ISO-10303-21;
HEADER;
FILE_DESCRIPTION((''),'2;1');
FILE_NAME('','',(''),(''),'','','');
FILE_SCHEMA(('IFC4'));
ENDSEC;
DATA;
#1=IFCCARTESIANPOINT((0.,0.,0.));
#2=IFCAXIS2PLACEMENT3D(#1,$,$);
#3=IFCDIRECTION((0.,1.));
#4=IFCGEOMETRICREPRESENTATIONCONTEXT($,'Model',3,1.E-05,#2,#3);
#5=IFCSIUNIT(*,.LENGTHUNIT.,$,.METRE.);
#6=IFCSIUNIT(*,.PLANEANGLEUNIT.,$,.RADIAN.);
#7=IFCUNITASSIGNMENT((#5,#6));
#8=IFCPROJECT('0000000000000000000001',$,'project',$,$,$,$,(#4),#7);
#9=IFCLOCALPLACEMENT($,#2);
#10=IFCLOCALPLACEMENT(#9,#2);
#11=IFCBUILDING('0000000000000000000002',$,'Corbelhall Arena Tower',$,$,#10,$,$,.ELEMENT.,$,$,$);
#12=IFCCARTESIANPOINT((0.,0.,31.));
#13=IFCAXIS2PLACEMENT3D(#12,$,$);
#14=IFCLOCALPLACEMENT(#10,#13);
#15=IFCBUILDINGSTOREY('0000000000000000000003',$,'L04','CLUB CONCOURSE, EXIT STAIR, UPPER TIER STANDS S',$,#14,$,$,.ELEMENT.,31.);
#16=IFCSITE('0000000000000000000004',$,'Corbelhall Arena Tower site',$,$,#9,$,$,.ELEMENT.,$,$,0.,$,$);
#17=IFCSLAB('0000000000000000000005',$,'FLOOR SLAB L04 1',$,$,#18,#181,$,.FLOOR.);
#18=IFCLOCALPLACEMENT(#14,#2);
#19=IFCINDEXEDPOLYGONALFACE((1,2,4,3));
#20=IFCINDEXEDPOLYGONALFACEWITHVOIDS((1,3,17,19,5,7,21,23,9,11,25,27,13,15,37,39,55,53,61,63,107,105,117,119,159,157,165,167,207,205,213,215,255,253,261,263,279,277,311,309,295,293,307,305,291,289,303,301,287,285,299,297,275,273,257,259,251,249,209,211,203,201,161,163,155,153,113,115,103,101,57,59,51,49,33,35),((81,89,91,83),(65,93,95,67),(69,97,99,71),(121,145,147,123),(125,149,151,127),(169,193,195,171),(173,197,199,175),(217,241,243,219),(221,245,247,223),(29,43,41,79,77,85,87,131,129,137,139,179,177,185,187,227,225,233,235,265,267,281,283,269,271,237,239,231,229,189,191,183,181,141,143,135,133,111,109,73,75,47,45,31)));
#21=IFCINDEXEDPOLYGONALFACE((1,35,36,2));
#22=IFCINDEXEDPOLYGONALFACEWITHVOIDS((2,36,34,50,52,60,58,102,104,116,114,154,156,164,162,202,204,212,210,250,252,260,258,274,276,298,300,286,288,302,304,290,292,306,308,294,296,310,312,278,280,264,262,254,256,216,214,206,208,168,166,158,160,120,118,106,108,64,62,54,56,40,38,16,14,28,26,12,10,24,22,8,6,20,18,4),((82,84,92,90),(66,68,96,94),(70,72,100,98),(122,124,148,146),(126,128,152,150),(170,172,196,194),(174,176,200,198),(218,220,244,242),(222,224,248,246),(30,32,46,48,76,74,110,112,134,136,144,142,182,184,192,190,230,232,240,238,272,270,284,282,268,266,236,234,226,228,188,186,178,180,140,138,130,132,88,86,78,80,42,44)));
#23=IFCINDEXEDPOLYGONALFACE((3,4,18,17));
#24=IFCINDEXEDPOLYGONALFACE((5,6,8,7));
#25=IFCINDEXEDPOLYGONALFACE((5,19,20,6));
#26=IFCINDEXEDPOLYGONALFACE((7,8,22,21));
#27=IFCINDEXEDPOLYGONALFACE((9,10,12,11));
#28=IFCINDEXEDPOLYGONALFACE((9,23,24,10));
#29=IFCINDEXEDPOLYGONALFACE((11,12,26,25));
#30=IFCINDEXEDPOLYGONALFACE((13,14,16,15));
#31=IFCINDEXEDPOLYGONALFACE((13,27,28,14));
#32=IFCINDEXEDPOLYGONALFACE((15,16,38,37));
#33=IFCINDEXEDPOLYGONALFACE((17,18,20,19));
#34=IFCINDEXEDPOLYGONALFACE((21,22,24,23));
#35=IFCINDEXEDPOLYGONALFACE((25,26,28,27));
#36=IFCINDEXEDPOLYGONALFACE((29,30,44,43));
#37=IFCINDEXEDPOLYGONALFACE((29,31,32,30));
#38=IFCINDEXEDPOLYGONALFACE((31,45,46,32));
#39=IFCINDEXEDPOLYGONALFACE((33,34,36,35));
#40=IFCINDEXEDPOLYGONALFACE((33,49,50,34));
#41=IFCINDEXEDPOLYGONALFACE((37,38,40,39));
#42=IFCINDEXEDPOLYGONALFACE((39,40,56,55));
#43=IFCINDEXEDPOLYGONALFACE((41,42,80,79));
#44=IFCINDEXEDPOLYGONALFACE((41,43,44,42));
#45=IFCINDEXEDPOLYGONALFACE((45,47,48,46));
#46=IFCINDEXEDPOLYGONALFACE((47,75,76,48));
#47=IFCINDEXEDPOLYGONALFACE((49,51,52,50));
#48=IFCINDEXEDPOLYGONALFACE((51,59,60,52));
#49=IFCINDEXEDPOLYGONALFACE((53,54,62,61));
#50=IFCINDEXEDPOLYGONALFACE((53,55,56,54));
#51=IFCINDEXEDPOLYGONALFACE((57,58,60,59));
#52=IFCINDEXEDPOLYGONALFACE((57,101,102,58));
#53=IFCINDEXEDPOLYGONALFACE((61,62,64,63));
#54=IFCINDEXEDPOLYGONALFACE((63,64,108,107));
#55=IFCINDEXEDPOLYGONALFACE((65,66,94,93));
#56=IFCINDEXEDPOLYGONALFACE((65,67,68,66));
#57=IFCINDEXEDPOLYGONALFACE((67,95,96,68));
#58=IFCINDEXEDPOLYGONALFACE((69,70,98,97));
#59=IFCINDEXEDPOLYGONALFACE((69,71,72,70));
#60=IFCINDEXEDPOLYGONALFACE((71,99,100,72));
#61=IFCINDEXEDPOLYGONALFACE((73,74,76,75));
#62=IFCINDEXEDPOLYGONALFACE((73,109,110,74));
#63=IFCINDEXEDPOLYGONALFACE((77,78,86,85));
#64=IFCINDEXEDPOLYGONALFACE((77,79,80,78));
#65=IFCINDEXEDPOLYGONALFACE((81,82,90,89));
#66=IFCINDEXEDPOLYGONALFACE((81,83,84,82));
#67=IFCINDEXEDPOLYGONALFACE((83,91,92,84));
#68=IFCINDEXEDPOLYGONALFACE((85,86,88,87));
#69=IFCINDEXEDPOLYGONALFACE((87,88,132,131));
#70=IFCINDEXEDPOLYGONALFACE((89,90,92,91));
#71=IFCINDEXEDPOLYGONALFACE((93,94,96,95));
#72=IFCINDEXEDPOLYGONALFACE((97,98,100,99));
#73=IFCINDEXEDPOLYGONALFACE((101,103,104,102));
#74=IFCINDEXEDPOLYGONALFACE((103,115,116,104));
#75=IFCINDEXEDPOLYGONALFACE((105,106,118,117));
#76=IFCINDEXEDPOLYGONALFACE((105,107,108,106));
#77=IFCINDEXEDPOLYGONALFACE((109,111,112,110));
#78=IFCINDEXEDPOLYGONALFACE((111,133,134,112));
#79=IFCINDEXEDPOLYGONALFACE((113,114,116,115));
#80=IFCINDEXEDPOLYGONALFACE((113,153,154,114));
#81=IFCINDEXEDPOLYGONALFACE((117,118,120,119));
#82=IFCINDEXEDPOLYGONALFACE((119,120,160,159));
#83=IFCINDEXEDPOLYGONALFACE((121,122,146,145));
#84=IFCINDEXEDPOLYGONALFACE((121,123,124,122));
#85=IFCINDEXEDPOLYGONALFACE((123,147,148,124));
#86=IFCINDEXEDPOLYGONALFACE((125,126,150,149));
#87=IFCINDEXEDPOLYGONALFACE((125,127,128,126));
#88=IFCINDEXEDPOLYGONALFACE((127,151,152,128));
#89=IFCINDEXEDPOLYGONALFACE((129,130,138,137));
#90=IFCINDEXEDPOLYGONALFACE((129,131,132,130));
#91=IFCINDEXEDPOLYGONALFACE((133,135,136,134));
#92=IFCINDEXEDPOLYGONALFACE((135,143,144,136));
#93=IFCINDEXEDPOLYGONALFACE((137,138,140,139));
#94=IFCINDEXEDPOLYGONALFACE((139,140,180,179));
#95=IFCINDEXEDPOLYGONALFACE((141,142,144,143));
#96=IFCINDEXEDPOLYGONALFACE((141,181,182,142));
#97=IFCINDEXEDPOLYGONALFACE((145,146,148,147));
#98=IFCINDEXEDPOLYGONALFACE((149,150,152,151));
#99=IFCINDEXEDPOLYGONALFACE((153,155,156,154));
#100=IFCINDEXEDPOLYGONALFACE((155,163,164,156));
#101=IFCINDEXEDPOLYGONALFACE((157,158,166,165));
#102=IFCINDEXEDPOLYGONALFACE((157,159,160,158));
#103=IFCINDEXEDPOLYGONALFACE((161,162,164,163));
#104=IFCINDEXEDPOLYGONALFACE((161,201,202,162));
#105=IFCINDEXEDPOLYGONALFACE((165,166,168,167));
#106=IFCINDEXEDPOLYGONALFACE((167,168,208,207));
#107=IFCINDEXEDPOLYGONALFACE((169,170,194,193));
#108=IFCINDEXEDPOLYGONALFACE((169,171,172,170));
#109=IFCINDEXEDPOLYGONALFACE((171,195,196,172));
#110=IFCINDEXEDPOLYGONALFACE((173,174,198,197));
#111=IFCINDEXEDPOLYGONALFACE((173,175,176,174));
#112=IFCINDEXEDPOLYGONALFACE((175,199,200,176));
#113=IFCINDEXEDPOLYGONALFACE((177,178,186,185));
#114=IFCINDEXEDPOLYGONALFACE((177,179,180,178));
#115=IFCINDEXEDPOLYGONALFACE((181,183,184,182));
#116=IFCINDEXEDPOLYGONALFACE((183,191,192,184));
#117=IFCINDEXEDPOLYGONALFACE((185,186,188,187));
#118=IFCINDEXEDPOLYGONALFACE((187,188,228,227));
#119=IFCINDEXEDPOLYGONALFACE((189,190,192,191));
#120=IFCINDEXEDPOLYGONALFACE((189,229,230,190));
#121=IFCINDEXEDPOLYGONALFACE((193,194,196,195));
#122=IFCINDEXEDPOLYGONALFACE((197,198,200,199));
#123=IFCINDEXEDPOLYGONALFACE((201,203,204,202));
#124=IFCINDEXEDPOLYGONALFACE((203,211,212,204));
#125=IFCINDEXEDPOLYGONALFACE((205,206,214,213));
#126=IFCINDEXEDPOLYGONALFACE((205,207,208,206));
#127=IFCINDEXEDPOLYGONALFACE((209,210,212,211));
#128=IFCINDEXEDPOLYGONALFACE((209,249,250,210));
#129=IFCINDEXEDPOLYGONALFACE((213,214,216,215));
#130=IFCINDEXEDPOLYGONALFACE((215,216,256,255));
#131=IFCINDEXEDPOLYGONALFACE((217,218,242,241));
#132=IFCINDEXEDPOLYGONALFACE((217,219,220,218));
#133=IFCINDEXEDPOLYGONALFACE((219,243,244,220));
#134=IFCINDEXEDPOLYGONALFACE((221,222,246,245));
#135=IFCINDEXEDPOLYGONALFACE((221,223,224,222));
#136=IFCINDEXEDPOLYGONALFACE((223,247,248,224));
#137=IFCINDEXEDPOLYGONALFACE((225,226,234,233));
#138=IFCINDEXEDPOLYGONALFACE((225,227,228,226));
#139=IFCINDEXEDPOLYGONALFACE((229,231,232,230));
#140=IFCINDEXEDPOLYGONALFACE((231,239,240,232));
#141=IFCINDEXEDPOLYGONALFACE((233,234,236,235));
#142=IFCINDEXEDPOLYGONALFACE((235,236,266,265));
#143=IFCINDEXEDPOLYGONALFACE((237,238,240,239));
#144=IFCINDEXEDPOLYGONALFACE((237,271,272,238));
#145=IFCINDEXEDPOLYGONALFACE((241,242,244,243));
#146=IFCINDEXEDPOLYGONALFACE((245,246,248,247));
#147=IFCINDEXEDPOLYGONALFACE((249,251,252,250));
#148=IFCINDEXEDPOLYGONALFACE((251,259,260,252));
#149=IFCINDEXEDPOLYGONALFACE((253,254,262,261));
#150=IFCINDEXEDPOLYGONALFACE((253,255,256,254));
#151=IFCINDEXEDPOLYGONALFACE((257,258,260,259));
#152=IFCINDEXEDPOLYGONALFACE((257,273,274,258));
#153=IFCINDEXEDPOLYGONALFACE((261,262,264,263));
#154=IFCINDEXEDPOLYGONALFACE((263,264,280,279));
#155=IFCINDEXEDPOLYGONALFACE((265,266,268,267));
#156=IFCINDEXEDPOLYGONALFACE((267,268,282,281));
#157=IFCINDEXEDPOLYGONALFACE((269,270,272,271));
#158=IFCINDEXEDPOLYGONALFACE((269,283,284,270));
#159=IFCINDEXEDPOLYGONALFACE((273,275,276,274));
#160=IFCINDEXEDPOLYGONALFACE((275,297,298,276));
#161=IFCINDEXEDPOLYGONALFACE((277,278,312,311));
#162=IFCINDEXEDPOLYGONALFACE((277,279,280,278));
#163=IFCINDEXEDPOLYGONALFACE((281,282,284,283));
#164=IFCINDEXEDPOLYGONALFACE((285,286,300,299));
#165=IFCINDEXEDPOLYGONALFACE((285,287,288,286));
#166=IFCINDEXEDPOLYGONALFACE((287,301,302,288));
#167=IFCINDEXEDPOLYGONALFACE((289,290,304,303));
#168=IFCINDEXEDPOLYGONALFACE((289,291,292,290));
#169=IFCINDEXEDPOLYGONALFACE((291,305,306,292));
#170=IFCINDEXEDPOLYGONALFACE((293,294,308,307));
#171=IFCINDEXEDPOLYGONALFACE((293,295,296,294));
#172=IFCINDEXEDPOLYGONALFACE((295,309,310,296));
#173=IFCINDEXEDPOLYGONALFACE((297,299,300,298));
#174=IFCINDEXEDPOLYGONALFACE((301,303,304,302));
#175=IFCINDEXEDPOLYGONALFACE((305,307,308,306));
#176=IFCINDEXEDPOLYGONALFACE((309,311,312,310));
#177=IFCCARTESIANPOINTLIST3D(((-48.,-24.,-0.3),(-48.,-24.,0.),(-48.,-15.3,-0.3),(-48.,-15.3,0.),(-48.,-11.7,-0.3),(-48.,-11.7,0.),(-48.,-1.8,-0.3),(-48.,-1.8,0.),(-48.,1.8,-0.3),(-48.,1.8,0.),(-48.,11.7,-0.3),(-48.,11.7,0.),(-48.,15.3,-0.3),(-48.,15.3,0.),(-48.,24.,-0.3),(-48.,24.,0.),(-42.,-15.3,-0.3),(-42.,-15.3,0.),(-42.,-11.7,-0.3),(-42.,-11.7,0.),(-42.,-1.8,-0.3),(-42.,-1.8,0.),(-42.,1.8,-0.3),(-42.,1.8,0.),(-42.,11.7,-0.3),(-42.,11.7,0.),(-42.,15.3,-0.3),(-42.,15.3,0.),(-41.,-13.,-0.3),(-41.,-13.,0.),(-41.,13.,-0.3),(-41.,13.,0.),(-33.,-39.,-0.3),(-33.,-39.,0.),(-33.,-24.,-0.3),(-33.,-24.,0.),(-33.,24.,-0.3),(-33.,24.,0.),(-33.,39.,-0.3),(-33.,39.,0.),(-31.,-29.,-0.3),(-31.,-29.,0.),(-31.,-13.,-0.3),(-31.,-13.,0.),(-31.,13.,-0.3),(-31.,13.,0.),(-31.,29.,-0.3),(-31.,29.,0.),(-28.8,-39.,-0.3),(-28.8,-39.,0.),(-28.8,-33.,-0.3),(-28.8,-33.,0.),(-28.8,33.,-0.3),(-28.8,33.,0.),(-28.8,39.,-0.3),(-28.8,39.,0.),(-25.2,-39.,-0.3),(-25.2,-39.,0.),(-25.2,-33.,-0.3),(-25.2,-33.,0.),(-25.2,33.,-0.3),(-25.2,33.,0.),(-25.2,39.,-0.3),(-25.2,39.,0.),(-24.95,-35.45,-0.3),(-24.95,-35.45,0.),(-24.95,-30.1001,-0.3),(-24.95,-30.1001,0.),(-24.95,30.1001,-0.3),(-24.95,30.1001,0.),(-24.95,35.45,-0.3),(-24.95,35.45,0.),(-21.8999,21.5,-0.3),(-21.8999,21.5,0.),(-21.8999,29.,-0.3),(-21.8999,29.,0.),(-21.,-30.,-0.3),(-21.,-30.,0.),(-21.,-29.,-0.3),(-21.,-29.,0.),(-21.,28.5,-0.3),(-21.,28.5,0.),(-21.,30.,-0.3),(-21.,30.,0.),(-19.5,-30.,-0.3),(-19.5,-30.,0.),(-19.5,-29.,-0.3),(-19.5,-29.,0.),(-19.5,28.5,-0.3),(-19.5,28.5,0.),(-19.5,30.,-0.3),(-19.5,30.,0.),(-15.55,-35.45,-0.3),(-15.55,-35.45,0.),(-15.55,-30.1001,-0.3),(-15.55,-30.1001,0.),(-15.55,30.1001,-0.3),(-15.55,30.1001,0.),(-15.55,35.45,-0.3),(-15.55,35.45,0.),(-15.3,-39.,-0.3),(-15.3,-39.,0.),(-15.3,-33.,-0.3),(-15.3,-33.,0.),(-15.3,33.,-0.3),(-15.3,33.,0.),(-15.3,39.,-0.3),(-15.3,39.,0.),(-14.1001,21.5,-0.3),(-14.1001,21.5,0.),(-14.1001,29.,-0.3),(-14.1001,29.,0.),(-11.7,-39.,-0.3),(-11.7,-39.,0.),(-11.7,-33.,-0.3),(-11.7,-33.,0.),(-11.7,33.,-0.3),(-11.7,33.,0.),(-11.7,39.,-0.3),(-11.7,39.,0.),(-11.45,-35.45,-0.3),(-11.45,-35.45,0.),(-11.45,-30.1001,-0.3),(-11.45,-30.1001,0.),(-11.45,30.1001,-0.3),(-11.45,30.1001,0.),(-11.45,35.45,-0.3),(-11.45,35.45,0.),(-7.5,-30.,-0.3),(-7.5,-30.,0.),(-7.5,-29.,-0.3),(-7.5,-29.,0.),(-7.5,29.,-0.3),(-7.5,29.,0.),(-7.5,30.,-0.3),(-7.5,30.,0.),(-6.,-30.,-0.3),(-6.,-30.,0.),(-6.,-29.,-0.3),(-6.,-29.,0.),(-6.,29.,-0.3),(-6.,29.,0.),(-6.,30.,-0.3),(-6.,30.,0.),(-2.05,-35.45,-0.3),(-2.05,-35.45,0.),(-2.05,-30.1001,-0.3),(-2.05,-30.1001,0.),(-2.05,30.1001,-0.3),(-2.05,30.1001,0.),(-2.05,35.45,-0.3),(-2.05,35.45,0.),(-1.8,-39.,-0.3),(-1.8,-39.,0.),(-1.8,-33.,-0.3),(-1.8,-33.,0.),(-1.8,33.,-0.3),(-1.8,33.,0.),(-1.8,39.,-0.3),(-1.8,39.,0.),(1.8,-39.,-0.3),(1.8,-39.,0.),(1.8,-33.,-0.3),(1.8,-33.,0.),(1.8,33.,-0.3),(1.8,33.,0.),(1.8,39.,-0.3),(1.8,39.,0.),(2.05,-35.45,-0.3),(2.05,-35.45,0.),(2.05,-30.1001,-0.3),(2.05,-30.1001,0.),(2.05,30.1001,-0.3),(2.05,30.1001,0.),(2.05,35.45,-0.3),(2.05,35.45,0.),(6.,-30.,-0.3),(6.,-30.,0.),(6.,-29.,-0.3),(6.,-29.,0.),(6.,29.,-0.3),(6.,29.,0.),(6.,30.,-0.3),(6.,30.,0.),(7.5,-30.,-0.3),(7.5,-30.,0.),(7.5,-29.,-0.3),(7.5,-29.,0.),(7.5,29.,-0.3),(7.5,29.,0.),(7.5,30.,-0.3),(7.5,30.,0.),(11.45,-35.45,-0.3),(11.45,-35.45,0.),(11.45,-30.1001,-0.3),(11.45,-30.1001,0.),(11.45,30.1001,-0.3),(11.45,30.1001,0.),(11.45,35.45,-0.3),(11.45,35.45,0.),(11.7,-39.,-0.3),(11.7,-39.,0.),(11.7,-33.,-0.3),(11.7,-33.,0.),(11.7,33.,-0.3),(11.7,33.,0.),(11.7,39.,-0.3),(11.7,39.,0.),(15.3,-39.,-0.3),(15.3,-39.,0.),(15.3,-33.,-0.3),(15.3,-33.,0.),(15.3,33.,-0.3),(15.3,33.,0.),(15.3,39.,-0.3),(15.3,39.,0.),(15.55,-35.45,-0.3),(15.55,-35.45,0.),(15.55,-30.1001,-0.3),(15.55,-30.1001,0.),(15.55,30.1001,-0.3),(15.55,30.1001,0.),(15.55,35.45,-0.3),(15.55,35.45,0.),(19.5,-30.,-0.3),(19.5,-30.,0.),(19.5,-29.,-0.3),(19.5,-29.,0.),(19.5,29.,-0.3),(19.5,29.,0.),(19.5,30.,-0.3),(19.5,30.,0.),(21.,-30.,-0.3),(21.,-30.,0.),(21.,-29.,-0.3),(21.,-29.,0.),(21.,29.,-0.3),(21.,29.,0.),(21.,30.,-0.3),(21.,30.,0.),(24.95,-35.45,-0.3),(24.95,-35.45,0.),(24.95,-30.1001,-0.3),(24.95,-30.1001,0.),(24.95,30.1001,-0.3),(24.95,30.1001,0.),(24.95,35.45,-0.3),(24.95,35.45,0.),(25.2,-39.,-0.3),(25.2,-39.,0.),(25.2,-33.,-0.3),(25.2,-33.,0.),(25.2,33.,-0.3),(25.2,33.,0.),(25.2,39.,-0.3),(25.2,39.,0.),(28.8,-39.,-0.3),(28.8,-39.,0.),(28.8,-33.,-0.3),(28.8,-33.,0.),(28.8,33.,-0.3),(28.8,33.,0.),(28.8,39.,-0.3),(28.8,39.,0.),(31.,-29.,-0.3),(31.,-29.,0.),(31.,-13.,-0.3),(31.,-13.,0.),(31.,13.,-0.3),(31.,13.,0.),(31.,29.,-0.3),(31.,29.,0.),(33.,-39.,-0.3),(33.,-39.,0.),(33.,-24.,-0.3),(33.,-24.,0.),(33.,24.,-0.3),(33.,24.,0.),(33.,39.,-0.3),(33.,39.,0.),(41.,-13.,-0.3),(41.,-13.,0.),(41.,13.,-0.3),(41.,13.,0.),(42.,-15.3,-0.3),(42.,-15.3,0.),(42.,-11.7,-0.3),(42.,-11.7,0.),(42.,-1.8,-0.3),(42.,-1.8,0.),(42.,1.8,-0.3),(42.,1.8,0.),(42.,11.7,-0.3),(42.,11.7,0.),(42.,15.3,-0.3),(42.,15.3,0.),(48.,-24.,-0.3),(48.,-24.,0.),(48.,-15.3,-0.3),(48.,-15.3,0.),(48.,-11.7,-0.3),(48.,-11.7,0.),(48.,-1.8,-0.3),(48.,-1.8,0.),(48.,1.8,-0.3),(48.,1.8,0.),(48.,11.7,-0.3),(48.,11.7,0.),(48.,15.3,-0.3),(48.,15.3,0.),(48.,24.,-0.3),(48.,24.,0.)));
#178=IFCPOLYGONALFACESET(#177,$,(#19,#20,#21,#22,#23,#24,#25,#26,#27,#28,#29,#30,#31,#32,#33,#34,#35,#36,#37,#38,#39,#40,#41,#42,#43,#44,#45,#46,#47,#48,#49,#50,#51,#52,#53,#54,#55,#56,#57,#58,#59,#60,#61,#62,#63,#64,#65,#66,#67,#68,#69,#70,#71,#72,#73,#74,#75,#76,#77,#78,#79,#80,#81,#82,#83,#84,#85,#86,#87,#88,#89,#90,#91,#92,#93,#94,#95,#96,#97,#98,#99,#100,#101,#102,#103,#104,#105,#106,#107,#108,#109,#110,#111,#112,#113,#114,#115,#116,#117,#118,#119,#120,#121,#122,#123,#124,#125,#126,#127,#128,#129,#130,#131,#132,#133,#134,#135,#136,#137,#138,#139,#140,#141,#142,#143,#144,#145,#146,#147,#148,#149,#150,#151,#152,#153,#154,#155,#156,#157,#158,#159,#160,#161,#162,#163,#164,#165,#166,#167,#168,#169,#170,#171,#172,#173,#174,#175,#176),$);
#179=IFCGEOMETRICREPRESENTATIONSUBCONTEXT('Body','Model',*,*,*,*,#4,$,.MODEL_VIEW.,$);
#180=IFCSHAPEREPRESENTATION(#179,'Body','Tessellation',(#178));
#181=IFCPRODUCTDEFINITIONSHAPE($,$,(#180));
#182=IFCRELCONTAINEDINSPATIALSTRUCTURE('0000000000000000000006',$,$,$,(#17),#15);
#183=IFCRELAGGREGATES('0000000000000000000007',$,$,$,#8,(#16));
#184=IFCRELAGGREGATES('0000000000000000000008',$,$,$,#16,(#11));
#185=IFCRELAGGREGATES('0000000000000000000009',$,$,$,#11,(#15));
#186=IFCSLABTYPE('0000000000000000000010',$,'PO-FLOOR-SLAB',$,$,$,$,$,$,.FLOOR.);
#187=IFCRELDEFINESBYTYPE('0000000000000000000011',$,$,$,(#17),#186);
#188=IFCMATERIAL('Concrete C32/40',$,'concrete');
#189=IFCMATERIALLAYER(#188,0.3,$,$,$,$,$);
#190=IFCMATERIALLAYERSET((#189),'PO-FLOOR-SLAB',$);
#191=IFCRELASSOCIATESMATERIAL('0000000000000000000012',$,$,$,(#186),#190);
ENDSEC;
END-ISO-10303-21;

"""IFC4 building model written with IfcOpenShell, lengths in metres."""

from ifc_helpers import new_model, si_unit, direction, frame, origin, place, context, subcontext, project, spatial, polyline, outline, extrude, material, layer, layer_set, type_object, element, save


model = new_model("IFC4")

# Units and contexts
model_context = context("Model", 3, precision=1e-05, world=origin(), true_north=direction((0.0, 1.0)))
body_context = subcontext(model_context, "Body", "Model", "MODEL_VIEW")
ifc_project = project(units=[si_unit("LENGTHUNIT", "METRE"), si_unit("PLANEANGLEUNIT", "RADIAN")], contexts=[model_context])

# Site, building, storey
site_placement = place(None, origin())
site = spatial("IfcSite", under=ifc_project, at=site_placement, Name="Corbelhall Arena Tower site", CompositionType="ELEMENT", RefElevation=0.0)
building_placement = place(site_placement, origin())
building = spatial("IfcBuilding", under=site, at=building_placement, Name="Corbelhall Arena Tower", CompositionType="ELEMENT")
storey_placement = place(building_placement, frame((0.0, 0.0, 31.0)))
storey = spatial("IfcBuildingStorey", under=building, at=storey_placement, Name="L04", Description="CLUB CONCOURSE, EXIT STAIR, UPPER TIER STANDS S", CompositionType="ELEMENT", Elevation=31.0)

# Slab
ifc_material_1 = material(Name="Concrete C32/40", Category="concrete")
ifc_layer_1 = layer(ifc_material_1, 0.3)
ifc_layer_set_1 = layer_set([ifc_layer_1], Name="PO-FLOOR-SLAB")
slab_type_1 = type_object("IfcSlabType", Name="PO-FLOOR-SLAB", PredefinedType="FLOOR", material=ifc_layer_set_1)
slab_1_placement = place(storey_placement, frame((0.0, 0.0, -0.3)))
element("IfcSlab", 1, at=slab_1_placement, inside=storey, type_object=slab_type_1, Name="FLOOR SLAB L04 1", PredefinedType="FLOOR", context=body_context, shape_type="SweptSolid", body=[
    extrude(outline(polyline([(48.0, -24.0), (33.0, -24.0), (33.0, -39.0), (28.8, -39.0), (28.8, -33.0), (25.2, -33.0), (25.2, -39.0), (15.3, -39.0), (15.3, -33.0), (11.7, -33.0), (11.7, -39.0), (1.8, -39.0), (1.8, -33.0), (-1.8, -33.0), (-1.8, -39.0), (-11.7, -39.0), (-11.7, -33.0), (-15.3, -33.0), (-15.3, -39.0), (-25.2, -39.0), (-25.2, -33.0), (-28.8, -33.0), (-28.8, -39.0), (-33.0, -39.0), (-33.0, -24.0), (-48.0, -24.0), (-48.0, -15.3), (-42.0, -15.3), (-42.0, -11.7), (-48.0, -11.7), (-48.0, -1.8), (-42.0, -1.8), (-42.0, 1.8), (-48.0, 1.8), (-48.0, 11.7), (-42.0, 11.7), (-42.0, 15.3), (-48.0, 15.3), (-48.0, 24.0), (-33.0, 24.0), (-33.0, 39.0), (-28.8, 39.0), (-28.8, 33.0), (-25.2, 33.0), (-25.2, 39.0), (-15.3, 39.0), (-15.3, 33.0), (-11.7, 33.0), (-11.7, 39.0), (-1.8, 39.0), (-1.8, 33.0), (1.8, 33.0), (1.8, 39.0), (11.7, 39.0), (11.7, 33.0), (15.3, 33.0), (15.3, 39.0), (25.2, 39.0), (25.2, 33.0), (28.8, 33.0), (28.8, 39.0), (33.0, 39.0), (33.0, 24.0), (48.0, 24.0), (48.0, 15.3), (42.0, 15.3), (42.0, 11.7), (48.0, 11.7), (48.0, 1.8), (42.0, 1.8), (42.0, -1.8), (48.0, -1.8), (48.0, -11.7), (42.0, -11.7), (42.0, -15.3), (48.0, -15.3), (48.0, -24.0)]), holes=[polyline([(-24.95, -35.45), (-15.55, -35.45), (-15.55, -30.1001), (-24.95, -30.1001), (-24.95, -35.45)]), polyline([(-11.45, -35.45), (-2.05, -35.45), (-2.05, -30.1001), (-11.45, -30.1001), (-11.45, -35.45)]), polyline([(-19.5, -30.0), (-19.5, -29.0), (-7.5, -29.0), (-7.5, -30.0), (-6.0, -30.0), (-6.0, -29.0), (6.0, -29.0), (6.0, -30.0), (7.5, -30.0), (7.5, -29.0), (19.5, -29.0), (19.5, -30.0), (21.0, -30.0), (21.0, -29.0), (31.0, -29.0), (31.0, -13.0), (41.0, -13.0), (41.0, 13.0), (31.0, 13.0), (31.0, 29.0), (21.0, 29.0), (21.0, 30.0), (19.5, 30.0), (19.5, 29.0), (7.5, 29.0), (7.5, 30.0), (6.0, 30.0), (6.0, 29.0), (-6.0, 29.0), (-6.0, 30.0), (-7.5, 30.0), (-7.5, 29.0), (-14.1001, 29.0), (-14.1001, 21.5), (-21.8999, 21.5), (-21.8999, 29.0), (-31.0, 29.0), (-31.0, 13.0), (-41.0, 13.0), (-41.0, -13.0), (-31.0, -13.0), (-31.0, -29.0), (-21.0, -29.0), (-21.0, -30.0), (-19.5, -30.0)]), polyline([(-19.5, 28.5), (-19.5, 30.0), (-21.0, 30.0), (-21.0, 28.5), (-19.5, 28.5)]), polyline([(-24.95, 30.1001), (-15.55, 30.1001), (-15.55, 35.45), (-24.95, 35.45), (-24.95, 30.1001)]), polyline([(-11.45, 30.1001), (-2.05, 30.1001), (-2.05, 35.45), (-11.45, 35.45), (-11.45, 30.1001)]), polyline([(2.05, -35.45), (11.45, -35.45), (11.45, -30.1001), (2.05, -30.1001), (2.05, -35.45)]), polyline([(15.55, -35.45), (24.95, -35.45), (24.95, -30.1001), (15.55, -30.1001), (15.55, -35.45)]), polyline([(15.55, 30.1001), (24.95, 30.1001), (24.95, 35.45), (15.55, 35.45), (15.55, 30.1001)]), polyline([(2.05, 30.1001), (11.45, 30.1001), (11.45, 35.45), (2.05, 35.45), (2.05, 30.1001)])]), origin(), (0.0, 0.0, 1.0), 0.3),
])

save(model, "model.ifc")
